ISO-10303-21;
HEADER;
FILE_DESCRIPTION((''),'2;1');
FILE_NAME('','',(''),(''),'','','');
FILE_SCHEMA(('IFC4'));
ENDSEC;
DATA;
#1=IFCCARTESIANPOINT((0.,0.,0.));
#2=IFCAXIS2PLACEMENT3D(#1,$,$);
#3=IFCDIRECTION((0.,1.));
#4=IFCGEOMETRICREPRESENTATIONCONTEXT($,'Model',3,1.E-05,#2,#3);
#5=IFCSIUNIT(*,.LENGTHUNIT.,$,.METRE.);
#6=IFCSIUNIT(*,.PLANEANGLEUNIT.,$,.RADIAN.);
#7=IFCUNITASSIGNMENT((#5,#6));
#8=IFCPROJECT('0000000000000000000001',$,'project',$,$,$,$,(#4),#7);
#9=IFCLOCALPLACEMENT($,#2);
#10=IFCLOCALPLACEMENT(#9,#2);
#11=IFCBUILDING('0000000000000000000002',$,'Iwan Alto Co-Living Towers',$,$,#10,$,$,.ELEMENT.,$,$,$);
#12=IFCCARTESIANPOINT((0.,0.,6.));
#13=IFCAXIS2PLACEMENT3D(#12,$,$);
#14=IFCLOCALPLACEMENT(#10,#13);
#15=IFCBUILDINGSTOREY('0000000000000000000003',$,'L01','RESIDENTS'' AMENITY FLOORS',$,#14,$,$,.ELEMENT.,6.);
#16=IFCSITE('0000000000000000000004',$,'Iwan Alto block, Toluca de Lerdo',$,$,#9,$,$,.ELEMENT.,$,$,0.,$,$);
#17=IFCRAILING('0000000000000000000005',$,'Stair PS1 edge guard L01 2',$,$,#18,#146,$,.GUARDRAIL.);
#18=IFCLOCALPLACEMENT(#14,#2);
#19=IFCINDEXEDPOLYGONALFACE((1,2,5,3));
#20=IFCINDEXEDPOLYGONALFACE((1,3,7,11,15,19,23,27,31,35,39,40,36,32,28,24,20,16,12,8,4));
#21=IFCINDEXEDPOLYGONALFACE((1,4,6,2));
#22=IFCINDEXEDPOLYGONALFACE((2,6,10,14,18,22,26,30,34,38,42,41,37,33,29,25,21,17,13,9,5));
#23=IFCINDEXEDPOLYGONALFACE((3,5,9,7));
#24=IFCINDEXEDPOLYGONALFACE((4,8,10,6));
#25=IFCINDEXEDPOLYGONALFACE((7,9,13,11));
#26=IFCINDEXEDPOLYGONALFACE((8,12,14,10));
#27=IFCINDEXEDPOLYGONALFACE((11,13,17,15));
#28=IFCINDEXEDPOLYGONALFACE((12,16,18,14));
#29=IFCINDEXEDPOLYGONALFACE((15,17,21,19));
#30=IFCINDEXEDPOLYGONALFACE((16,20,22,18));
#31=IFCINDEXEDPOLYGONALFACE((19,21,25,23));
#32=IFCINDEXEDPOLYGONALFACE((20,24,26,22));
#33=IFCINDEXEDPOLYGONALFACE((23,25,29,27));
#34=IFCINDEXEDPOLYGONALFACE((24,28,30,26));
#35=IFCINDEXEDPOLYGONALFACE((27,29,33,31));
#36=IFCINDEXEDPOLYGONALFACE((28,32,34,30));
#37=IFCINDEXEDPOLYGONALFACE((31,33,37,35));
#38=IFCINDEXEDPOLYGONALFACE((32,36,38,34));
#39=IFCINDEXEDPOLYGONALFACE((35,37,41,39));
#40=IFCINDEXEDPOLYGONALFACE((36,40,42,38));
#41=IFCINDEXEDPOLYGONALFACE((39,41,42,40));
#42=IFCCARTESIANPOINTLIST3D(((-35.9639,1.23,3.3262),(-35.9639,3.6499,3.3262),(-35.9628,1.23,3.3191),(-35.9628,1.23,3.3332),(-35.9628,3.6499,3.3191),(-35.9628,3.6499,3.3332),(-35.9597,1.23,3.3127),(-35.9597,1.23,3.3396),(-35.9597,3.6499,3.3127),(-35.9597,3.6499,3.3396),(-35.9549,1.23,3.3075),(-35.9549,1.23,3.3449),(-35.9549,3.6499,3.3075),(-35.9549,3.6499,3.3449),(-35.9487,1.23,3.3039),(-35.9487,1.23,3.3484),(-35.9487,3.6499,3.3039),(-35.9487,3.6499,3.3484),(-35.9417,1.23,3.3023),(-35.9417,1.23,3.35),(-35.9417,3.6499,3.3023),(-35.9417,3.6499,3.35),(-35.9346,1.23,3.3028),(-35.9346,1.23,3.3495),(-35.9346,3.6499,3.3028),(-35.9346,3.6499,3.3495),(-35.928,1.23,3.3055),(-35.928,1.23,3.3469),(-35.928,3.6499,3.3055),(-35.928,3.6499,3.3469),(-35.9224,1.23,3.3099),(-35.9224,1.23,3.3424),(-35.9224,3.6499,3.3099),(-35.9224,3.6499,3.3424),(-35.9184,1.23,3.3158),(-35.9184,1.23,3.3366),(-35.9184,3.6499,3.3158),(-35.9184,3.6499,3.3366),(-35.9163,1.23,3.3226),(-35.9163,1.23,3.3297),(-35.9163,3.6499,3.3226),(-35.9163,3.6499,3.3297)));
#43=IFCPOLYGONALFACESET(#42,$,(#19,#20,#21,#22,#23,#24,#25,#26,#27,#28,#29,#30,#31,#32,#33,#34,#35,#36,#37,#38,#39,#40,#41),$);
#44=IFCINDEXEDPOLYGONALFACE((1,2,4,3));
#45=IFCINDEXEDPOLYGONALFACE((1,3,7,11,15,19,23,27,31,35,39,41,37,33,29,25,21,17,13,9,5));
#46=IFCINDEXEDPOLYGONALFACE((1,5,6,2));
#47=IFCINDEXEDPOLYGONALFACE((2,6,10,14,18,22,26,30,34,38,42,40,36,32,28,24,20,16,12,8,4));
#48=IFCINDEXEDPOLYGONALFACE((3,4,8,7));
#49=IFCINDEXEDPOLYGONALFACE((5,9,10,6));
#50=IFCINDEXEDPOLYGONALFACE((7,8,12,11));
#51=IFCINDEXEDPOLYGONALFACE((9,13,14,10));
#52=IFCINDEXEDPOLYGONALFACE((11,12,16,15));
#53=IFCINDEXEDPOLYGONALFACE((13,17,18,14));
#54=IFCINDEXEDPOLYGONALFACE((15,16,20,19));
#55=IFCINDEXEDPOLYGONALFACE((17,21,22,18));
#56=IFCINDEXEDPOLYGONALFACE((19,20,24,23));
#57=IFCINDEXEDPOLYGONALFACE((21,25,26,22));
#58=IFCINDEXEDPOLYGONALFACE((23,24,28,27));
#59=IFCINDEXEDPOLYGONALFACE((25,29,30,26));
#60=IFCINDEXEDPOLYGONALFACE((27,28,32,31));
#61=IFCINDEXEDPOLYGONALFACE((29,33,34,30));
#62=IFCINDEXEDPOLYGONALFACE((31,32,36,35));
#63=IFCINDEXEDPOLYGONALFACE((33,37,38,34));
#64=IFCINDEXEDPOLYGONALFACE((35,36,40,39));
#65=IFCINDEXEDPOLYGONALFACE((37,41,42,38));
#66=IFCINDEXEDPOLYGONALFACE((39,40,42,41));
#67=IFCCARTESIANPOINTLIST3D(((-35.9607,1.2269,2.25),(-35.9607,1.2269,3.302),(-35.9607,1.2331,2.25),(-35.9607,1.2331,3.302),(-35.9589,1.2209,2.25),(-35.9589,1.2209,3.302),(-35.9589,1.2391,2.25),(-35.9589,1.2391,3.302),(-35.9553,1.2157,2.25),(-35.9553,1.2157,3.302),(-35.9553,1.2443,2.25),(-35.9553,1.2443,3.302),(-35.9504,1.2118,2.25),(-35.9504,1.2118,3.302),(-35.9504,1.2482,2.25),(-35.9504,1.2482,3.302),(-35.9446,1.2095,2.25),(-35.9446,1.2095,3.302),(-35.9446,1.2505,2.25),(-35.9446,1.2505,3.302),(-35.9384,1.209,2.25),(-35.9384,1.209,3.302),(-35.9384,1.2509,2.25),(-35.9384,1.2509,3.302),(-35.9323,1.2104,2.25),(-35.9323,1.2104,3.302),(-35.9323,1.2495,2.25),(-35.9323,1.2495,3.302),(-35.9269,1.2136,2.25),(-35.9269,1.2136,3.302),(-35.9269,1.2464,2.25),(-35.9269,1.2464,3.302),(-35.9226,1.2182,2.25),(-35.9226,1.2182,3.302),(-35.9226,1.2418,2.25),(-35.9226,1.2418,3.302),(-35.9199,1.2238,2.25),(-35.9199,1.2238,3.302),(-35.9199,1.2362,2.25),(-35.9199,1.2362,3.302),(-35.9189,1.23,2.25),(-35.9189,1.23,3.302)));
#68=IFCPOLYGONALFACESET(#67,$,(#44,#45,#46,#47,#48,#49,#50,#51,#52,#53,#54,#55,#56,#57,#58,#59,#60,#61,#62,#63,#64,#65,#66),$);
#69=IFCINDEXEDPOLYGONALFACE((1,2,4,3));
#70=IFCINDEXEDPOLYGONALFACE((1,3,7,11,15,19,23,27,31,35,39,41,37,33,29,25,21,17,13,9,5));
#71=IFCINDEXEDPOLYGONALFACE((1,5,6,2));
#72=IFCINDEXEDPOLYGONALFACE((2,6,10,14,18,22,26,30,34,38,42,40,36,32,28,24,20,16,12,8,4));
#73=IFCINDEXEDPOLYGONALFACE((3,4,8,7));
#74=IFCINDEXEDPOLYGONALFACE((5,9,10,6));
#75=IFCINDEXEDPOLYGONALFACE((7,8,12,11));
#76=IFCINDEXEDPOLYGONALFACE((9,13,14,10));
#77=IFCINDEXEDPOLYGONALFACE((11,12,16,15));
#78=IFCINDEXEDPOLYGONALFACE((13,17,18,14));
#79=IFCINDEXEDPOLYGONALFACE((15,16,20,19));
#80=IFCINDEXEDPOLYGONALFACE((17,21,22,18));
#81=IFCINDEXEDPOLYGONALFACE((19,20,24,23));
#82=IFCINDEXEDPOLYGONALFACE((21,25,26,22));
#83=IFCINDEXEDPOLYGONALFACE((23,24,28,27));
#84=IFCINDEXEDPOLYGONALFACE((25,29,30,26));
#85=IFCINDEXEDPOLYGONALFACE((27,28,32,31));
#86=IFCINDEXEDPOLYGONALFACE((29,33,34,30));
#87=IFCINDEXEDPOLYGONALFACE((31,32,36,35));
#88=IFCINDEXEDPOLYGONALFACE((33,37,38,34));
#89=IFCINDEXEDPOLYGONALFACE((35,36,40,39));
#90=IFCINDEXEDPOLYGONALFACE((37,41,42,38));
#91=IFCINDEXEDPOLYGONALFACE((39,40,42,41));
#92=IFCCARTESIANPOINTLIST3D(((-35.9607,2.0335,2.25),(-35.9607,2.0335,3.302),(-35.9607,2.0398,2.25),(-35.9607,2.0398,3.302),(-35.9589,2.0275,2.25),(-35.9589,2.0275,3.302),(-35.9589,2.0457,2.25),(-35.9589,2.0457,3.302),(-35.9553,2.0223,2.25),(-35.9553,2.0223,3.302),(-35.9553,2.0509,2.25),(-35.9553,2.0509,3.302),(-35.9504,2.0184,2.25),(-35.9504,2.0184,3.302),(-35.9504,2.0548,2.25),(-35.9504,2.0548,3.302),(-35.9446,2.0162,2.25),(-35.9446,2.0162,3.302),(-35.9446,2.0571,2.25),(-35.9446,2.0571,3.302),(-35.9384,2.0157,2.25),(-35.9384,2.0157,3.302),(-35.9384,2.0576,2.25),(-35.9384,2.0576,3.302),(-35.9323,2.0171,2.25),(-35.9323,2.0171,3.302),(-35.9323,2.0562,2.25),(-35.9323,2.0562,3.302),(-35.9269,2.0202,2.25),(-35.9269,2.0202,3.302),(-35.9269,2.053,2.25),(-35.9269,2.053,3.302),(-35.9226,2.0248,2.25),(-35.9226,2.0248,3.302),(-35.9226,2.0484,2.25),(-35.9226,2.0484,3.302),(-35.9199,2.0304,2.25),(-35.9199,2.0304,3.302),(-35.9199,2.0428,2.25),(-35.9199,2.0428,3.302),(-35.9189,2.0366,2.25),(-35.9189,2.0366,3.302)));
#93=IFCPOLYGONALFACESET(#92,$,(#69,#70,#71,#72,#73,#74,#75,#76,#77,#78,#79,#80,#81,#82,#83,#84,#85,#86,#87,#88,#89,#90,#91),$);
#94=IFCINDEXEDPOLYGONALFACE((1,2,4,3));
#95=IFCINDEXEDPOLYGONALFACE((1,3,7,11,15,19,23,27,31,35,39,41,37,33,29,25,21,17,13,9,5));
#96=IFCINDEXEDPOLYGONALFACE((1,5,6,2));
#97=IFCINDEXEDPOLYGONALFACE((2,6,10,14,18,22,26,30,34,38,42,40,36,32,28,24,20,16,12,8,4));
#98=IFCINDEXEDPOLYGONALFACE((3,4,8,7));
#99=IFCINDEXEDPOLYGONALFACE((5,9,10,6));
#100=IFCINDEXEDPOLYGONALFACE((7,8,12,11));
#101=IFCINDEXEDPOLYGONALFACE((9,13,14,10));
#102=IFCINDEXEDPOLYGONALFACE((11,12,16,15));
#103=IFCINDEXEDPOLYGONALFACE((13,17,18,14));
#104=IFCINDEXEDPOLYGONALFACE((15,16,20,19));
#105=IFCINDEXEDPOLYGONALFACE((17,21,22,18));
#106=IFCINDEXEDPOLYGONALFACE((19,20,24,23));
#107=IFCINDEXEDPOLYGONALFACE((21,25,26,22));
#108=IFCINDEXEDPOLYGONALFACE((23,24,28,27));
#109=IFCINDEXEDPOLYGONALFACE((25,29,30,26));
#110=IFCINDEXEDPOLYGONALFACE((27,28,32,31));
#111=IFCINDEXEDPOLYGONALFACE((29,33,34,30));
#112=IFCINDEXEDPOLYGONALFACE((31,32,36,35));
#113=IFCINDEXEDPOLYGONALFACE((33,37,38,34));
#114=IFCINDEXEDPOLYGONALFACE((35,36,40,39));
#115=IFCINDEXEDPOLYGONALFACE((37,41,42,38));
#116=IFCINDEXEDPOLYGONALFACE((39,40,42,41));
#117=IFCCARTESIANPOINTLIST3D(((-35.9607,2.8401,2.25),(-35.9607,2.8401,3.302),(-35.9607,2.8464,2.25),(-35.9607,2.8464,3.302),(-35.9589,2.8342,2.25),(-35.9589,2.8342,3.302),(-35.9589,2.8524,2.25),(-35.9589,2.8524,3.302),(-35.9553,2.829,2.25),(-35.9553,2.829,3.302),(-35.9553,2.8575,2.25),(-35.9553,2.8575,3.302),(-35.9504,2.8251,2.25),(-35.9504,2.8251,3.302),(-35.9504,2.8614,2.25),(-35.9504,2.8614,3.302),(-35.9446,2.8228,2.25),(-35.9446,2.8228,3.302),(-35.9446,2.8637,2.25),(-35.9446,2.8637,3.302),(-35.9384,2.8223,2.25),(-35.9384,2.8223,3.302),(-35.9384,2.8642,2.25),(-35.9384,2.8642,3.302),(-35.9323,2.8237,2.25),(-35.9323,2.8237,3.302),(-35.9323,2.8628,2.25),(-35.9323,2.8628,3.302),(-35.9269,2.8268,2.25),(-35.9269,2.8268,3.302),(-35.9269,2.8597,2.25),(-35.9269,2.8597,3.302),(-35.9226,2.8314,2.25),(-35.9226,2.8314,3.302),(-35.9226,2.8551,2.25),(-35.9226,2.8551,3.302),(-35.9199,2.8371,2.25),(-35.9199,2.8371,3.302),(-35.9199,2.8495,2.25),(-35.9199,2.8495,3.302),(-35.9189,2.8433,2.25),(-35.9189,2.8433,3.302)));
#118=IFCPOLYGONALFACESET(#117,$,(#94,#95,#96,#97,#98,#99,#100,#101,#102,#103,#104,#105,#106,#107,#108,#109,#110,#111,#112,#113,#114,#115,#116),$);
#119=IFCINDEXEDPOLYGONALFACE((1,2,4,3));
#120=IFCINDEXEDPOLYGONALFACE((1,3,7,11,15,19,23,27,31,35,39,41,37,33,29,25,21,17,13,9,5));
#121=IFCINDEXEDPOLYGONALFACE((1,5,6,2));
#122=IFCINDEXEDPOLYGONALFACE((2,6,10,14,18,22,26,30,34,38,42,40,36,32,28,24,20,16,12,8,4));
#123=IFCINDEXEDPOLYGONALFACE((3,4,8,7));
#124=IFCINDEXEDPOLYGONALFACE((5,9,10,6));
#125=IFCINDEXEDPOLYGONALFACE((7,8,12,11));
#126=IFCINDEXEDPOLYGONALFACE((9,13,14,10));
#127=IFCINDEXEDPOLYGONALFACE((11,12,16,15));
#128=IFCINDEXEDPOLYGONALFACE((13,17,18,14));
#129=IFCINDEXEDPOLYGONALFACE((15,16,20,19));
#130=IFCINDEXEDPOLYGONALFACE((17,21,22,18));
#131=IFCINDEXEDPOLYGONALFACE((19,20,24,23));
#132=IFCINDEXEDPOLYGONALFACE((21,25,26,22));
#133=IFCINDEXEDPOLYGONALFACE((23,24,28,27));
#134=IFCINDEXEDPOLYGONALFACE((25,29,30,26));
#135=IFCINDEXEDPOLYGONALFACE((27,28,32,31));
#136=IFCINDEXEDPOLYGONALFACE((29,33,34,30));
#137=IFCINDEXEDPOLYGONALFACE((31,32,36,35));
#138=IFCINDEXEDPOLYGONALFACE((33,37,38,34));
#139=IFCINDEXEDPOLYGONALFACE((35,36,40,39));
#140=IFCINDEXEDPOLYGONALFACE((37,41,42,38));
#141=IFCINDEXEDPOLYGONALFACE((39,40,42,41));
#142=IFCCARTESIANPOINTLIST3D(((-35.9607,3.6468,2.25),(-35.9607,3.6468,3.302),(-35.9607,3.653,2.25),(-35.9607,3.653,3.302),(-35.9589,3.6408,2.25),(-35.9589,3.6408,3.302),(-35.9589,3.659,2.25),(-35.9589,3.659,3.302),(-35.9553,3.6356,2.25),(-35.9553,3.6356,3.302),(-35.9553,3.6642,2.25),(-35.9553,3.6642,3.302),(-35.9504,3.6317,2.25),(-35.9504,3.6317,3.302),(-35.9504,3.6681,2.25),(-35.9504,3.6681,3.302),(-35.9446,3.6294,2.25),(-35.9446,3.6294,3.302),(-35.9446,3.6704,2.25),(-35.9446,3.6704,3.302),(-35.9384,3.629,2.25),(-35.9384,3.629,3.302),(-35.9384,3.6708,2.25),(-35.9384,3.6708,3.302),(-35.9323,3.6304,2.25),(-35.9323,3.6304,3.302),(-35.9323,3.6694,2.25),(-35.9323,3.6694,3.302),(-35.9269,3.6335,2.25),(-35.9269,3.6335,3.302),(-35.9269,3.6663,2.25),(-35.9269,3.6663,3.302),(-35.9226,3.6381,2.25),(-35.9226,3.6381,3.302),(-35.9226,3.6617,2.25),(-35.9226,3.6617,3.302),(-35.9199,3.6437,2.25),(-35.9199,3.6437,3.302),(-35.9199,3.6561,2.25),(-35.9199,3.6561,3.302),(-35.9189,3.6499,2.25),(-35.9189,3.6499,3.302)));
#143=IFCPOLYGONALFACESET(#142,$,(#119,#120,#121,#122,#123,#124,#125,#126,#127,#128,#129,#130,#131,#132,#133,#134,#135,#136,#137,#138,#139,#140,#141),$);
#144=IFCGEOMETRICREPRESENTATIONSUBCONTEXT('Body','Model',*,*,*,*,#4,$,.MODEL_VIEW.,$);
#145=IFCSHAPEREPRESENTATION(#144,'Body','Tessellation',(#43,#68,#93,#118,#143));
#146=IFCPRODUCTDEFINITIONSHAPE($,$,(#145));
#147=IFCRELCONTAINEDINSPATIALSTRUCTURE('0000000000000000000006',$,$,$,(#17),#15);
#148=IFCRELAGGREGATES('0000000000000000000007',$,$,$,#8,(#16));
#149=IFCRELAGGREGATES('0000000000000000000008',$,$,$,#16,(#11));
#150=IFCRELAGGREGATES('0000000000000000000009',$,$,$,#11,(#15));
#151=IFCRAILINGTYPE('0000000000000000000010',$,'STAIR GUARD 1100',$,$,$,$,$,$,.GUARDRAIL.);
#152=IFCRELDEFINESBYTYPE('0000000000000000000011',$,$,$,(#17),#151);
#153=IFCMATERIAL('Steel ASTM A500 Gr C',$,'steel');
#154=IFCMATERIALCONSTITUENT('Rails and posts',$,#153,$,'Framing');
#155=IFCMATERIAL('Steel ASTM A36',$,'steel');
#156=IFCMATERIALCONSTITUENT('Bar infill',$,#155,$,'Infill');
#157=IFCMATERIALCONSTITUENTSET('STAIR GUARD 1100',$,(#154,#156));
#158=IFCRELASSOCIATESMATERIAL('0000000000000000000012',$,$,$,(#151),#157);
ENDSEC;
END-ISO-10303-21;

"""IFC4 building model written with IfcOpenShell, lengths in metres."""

from ifc_helpers import new_model, si_unit, direction, frame, origin, origin_2d, place, context, subcontext, project, spatial, circle, extrude, material, constituent, constituent_set, type_object, element, save


model = new_model("IFC4")

# Units and contexts
model_context = context("Model", 3, precision=1e-05, world=origin(), true_north=direction((0.0, 1.0)))
body_context = subcontext(model_context, "Body", "Model", "MODEL_VIEW")
ifc_project = project(units=[si_unit("LENGTHUNIT", "METRE"), si_unit("PLANEANGLEUNIT", "RADIAN")], contexts=[model_context])

# Site, building, storey
site_placement = place(None, origin())
site = spatial("IfcSite", under=ifc_project, at=site_placement, Name="Iwan Alto block, Toluca de Lerdo", CompositionType="ELEMENT", RefElevation=0.0)
building_placement = place(site_placement, origin())
building = spatial("IfcBuilding", under=site, at=building_placement, Name="Iwan Alto Co-Living Towers", CompositionType="ELEMENT")
storey_placement = place(building_placement, frame((0.0, 0.0, 6.0)))
storey = spatial("IfcBuildingStorey", under=building, at=storey_placement, Name="L01", Description="RESIDENTS' AMENITY FLOORS", CompositionType="ELEMENT", Elevation=6.0)

# Shared definitions
ifc_material_1 = material(Name="Steel ASTM A36", Category="steel")

# Railing
ifc_material_2 = material(Name="Steel ASTM A500 Gr C", Category="steel")
ifc_constituent_1 = constituent(ifc_material_2, Name="Rails and posts", Category="Framing")
ifc_constituent_2 = constituent(ifc_material_1, Name="Bar infill", Category="Infill")
ifc_constituent_set_1 = constituent_set(constituents=[ifc_constituent_1, ifc_constituent_2], Name="STAIR GUARD 1100")
railing_type_1 = type_object("IfcRailingType", Name="STAIR GUARD 1100", PredefinedType="GUARDRAIL", material=ifc_constituent_set_1)
railing_1_placement = place(storey_placement, frame((-35.9399, 1.23, 2.25)))
element("IfcRailing", 1, at=railing_1_placement, inside=storey, type_object=railing_type_1, Name="Stair PS1 edge guard L01 2", PredefinedType="GUARDRAIL", context=body_context, shape_type="SweptSolid", body=[
    extrude(circle(Radius=0.0239, at=origin_2d()), frame((0.0, 0.0, 1.0762), z_axis=(0.0, 1.0, 0.0), x_axis=(-1.0, 0.0, 0.0)), (0.0, 0.0, 1.0), 2.4199),
    extrude(circle(Radius=0.021, at=origin_2d()), origin(), (0.0, 0.0, 1.0), 1.052),
    extrude(circle(Radius=0.021, at=origin_2d()), frame((0.0, 0.8066, 0.0)), (0.0, 0.0, 1.0), 1.052),
    extrude(circle(Radius=0.021, at=origin_2d()), frame((0.0, 1.6133, 0.0)), (0.0, 0.0, 1.0), 1.052),
    extrude(circle(Radius=0.021, at=origin_2d()), frame((0.0, 2.4199, 0.0)), (0.0, 0.0, 1.0), 1.052),
])

save(model, "model.ifc")
